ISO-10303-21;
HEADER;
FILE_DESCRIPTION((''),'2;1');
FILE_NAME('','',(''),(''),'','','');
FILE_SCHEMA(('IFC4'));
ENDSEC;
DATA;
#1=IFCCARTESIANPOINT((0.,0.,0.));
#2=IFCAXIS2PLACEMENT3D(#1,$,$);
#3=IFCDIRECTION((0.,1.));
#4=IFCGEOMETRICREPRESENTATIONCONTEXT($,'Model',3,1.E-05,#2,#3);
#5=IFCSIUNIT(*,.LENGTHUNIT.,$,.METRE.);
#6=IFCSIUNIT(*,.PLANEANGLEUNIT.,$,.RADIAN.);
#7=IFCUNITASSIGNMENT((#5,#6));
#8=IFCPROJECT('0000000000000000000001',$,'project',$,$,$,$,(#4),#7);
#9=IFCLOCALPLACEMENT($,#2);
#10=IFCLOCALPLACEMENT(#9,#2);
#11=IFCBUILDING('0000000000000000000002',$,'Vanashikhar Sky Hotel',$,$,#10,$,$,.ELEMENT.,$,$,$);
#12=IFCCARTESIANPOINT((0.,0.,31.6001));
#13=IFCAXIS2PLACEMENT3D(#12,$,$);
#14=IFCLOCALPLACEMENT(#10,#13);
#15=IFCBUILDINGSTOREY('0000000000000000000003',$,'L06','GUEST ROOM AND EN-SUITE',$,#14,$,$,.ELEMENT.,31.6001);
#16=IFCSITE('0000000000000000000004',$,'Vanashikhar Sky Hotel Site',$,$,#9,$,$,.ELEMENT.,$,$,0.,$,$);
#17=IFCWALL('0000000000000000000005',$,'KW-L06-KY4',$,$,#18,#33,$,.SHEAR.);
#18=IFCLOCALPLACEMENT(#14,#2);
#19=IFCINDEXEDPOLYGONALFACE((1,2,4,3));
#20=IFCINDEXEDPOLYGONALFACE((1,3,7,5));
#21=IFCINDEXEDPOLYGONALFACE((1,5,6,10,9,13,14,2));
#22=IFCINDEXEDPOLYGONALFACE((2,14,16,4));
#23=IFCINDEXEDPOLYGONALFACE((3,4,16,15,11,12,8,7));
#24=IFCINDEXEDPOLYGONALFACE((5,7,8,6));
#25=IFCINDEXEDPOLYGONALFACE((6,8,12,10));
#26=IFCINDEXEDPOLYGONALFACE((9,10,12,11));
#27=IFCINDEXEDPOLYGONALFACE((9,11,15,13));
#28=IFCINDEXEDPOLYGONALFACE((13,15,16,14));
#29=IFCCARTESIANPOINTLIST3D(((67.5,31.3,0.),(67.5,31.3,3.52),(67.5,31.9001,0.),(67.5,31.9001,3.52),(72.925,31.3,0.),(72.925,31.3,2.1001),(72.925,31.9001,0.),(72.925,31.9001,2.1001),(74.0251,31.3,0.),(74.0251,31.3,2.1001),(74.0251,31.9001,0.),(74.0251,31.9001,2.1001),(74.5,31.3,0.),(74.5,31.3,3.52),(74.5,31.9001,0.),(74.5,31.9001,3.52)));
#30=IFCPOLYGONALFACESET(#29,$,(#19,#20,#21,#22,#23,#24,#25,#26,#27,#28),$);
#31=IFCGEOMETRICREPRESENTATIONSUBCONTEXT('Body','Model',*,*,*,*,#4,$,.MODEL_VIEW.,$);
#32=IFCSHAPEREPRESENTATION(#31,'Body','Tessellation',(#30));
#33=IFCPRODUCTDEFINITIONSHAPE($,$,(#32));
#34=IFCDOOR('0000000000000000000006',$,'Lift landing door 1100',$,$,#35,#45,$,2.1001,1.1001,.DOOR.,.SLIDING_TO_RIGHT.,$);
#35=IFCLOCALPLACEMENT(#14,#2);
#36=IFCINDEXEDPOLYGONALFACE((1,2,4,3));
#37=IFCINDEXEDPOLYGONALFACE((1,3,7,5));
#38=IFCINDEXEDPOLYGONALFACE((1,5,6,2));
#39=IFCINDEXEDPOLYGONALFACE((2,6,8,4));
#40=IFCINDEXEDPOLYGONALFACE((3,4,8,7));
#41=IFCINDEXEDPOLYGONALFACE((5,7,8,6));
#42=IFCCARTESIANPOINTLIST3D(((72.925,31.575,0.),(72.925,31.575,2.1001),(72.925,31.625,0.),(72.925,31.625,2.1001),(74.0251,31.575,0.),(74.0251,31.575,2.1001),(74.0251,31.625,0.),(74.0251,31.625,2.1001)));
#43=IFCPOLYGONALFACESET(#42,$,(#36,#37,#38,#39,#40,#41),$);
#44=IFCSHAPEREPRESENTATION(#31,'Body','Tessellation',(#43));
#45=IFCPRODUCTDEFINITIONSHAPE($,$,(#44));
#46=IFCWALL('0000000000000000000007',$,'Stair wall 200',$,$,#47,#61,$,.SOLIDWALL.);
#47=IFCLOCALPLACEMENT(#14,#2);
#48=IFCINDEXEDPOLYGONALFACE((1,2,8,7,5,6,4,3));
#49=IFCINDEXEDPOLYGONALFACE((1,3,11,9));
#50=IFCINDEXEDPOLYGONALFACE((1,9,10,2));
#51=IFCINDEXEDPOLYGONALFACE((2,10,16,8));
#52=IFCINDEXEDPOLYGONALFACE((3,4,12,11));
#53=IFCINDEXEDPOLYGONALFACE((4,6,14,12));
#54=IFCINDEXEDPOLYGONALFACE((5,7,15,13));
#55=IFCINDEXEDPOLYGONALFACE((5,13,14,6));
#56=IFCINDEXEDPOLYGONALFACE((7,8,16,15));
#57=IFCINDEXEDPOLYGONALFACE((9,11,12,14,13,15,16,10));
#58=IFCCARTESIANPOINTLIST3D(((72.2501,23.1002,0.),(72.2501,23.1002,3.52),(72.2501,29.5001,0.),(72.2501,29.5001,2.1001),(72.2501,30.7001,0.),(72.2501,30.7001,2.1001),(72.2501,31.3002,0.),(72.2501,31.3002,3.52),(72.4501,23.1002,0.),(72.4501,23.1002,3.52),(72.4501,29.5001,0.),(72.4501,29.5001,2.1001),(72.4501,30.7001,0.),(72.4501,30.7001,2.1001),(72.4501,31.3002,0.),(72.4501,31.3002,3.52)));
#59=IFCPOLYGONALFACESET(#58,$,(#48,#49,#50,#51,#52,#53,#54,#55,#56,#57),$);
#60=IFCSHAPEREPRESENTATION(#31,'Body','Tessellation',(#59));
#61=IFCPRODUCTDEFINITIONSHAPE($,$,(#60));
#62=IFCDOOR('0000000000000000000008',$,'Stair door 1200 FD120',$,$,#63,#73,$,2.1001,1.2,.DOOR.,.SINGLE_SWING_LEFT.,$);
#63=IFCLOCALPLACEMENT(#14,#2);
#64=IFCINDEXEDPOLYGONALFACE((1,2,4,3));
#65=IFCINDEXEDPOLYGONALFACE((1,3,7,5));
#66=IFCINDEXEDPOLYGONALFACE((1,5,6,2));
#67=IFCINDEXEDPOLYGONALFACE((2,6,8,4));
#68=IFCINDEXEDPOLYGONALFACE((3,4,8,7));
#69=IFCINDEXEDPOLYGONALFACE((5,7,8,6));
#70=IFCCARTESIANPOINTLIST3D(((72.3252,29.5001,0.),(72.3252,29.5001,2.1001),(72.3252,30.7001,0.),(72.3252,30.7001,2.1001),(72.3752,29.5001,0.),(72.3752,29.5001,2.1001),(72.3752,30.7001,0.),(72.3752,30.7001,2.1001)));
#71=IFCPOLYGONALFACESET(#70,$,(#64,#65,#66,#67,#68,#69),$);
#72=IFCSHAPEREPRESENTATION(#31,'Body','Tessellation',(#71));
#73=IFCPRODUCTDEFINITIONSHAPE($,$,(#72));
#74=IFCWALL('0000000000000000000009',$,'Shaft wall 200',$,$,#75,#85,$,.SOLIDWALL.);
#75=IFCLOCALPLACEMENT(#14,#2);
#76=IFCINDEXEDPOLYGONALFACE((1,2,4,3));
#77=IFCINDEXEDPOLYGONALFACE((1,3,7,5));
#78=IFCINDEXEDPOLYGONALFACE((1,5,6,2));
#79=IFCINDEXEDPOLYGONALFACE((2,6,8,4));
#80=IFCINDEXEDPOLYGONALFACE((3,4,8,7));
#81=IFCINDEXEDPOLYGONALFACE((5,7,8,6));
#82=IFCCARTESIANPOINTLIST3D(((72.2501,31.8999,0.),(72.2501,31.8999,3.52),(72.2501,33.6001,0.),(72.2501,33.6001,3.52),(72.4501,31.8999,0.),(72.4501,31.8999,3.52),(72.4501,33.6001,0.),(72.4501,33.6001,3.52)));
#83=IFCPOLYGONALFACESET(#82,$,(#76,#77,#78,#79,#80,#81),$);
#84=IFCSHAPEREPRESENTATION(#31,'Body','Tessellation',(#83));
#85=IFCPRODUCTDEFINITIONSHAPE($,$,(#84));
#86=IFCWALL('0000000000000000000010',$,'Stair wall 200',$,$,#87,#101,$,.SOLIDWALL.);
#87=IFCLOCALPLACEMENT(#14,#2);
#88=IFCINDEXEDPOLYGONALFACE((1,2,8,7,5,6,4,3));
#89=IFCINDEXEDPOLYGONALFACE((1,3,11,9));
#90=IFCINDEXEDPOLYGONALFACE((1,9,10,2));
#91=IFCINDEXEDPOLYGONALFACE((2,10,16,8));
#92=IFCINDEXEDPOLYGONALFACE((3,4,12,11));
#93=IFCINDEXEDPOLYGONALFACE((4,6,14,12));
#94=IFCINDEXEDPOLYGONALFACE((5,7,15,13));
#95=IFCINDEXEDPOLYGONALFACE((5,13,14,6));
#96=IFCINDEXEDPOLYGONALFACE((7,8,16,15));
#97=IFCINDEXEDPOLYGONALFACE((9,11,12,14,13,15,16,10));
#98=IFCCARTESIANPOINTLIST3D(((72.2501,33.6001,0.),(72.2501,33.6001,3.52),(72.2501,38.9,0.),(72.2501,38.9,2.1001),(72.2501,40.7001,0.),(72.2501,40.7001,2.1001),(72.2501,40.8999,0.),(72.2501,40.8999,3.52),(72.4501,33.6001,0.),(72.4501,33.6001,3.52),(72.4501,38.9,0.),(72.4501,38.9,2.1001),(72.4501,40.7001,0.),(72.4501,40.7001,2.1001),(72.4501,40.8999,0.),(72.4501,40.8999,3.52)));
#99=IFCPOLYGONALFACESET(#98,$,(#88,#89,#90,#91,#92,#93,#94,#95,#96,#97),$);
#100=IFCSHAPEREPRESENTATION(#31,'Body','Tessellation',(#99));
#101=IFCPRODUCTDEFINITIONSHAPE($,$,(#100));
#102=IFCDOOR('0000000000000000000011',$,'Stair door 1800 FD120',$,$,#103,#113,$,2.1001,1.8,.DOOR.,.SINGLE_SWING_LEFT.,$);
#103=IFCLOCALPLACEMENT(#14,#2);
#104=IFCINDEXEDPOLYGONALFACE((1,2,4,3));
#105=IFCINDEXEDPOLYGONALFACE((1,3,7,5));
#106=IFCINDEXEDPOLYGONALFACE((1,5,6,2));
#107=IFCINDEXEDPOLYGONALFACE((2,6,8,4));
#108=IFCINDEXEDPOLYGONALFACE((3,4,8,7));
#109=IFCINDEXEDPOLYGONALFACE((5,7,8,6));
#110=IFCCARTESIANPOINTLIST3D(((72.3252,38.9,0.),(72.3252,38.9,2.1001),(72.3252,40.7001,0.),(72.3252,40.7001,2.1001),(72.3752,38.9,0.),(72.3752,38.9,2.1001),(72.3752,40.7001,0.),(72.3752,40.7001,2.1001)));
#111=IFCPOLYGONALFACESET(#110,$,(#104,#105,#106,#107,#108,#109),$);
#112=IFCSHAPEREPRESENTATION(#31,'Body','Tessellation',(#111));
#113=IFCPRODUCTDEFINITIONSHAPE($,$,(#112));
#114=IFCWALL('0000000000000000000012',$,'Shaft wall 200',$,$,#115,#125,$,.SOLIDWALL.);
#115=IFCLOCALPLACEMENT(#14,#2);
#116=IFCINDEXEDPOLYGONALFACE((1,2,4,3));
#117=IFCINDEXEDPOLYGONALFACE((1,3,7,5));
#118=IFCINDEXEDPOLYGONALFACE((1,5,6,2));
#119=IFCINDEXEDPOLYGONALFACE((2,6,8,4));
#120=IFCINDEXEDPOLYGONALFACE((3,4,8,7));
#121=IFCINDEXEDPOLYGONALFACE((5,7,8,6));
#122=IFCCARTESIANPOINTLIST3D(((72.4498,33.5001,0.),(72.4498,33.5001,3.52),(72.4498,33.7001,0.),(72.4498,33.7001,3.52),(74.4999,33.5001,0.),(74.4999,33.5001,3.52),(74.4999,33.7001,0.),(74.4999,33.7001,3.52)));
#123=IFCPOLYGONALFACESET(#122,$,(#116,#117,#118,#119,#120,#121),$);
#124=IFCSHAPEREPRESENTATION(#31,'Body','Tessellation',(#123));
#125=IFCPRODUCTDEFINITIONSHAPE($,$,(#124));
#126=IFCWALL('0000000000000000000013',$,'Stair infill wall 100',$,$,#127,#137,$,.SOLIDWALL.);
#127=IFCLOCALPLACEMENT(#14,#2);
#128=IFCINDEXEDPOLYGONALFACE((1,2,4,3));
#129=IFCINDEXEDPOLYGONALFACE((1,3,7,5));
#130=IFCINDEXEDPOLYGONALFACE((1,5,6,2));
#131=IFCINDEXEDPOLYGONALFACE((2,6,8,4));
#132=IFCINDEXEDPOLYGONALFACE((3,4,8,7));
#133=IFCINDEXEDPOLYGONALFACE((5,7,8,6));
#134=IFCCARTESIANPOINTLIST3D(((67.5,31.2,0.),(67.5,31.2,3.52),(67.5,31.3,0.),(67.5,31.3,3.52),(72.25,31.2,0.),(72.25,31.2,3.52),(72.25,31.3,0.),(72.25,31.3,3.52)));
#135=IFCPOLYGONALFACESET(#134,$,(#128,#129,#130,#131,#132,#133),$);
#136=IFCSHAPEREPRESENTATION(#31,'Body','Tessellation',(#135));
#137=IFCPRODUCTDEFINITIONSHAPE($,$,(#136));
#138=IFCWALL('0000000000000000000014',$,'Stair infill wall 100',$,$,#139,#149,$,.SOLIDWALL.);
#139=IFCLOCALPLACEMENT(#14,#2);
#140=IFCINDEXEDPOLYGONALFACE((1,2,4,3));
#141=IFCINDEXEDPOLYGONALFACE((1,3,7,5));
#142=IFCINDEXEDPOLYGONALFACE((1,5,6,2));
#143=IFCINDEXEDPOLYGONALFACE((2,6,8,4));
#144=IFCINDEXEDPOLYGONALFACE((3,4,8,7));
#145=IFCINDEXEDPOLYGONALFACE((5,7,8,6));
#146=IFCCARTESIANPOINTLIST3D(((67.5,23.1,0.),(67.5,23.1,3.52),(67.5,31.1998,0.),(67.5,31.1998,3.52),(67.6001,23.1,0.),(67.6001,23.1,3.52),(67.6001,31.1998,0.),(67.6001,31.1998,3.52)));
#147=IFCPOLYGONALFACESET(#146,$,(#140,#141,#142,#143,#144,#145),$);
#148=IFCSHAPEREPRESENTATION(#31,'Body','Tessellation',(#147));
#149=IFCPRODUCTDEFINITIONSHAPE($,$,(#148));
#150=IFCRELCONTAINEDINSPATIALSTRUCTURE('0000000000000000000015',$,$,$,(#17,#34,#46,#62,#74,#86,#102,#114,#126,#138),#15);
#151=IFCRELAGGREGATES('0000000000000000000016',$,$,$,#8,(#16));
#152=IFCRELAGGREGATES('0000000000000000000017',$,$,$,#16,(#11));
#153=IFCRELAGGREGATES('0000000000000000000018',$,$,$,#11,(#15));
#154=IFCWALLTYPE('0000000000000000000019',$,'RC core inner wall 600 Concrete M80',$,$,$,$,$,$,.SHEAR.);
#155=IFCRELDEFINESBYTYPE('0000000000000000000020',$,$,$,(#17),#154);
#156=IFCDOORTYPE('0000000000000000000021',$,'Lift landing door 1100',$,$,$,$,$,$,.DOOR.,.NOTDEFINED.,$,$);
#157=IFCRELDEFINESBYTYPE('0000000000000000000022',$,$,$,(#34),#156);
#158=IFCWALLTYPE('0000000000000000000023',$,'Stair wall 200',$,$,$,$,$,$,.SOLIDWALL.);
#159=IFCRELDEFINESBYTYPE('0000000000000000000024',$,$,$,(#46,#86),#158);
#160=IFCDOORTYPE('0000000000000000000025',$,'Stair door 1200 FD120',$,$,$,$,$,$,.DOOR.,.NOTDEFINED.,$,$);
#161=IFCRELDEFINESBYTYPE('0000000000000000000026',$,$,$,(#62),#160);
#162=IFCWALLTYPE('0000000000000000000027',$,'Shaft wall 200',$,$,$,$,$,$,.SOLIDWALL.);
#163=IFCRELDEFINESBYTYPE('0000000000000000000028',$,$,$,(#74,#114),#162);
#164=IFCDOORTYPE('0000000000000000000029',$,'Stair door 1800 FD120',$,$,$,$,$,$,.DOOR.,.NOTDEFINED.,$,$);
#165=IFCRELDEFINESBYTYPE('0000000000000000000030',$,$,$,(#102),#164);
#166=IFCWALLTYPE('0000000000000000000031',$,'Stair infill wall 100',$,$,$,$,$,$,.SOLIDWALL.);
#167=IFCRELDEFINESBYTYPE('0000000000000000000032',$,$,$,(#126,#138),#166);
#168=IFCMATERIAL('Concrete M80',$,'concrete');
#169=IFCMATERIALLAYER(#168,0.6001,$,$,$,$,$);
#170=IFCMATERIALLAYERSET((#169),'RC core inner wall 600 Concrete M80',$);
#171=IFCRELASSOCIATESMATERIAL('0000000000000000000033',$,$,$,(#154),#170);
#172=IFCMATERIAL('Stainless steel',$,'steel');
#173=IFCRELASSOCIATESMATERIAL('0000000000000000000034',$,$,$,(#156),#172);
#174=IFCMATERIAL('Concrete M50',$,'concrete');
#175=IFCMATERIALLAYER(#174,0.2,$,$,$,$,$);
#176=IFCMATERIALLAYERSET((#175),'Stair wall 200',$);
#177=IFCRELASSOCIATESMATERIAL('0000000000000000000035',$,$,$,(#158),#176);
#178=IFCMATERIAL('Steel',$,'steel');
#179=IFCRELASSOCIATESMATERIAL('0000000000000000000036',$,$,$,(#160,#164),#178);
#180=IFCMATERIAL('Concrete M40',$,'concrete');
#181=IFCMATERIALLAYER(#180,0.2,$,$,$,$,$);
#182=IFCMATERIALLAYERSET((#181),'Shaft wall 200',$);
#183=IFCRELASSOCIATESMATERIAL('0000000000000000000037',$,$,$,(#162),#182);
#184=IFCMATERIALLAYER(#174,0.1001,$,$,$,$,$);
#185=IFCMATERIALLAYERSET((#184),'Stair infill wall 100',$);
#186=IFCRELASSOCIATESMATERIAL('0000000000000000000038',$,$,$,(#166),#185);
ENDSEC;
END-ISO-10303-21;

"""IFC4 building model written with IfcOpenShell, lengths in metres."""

from ifc_helpers import new_model, si_unit, direction, frame, frame_2d, origin, place, context, subcontext, project, spatial, rectangle, extrude, source, transform, mapped, material, layer, layer_set, type_object, element, fill, save


model = new_model("IFC4")

# Units and contexts
model_context = context("Model", 3, precision=1e-05, world=origin(), true_north=direction((0.0, 1.0)))
body_context = subcontext(model_context, "Body", "Model", "MODEL_VIEW")
ifc_project = project(units=[si_unit("LENGTHUNIT", "METRE"), si_unit("PLANEANGLEUNIT", "RADIAN")], contexts=[model_context])

# Site, building, storey
site_placement = place(None, origin())
site = spatial("IfcSite", under=ifc_project, at=site_placement, Name="Vanashikhar Sky Hotel Site", CompositionType="ELEMENT", RefElevation=0.0)
building_placement = place(site_placement, origin())
building = spatial("IfcBuilding", under=site, at=building_placement, Name="Vanashikhar Sky Hotel", CompositionType="ELEMENT")
storey_placement = place(building_placement, frame((0.0, 0.0, 31.6001)))
storey = spatial("IfcBuildingStorey", under=building, at=storey_placement, Name="L06", Description="GUEST ROOM AND EN-SUITE", CompositionType="ELEMENT", Elevation=31.6001)

# Walls, openings, doors
ifc_material_1 = material(Name="Concrete M80", Category="concrete")
ifc_layer_1 = layer(ifc_material_1, 0.6001)
ifc_layer_set_1 = layer_set([ifc_layer_1], Name="RC core inner wall 600 Concrete M80")
wall_type_1 = type_object("IfcWallType", Name="RC core inner wall 600 Concrete M80", PredefinedType="SHEAR", material=ifc_layer_set_1)
shared_shape_1 = source(origin(), body_context, "Body", "SweptSolid", [
    extrude(rectangle(XDim=7.0, YDim=0.6001, at=frame_2d((3.5, 0.0))), origin(), (0.0, 0.0, 1.0), 3.52),
])
wall_1_placement = place(storey_placement, frame((67.5, 31.6001, 0.0), z_axis=(0.0, 0.0, 1.0), x_axis=(1.0, 0.0, 0.0)))
wall_1 = element("IfcWall", 1, at=wall_1_placement, inside=storey, type_object=wall_type_1, Name="KW-L06-KY4", PredefinedType="SHEAR", context=body_context, shape_type="MappedRepresentation", body=[
    mapped(shared_shape_1, transform((0.0, 0.0, 0.0), scale=1.0)),
])
shared_shape_2 = source(origin(), body_context, "Body", "SweptSolid", [
    extrude(rectangle(XDim=1.1001, YDim=2.1001, at=frame_2d((0.55, 1.05))), frame((0.0, 0.3101, 0.0), z_axis=(0.0, -1.0, 0.0), x_axis=(1.0, 0.0, 0.0)), (0.0, 0.0, 1.0), 0.6201),
])
opening_1_placement = place(wall_1_placement, frame((5.425, 0.0, 0.0)))
opening_1 = element("IfcOpeningElement", 2, at=opening_1_placement, cuts=wall_1, PredefinedType="OPENING", context=body_context, shape_type="MappedRepresentation", body=[
    mapped(shared_shape_2, transform((0.0, 0.0, 0.0), scale=1.0)),
])
ifc_material_2 = material(Name="Stainless steel", Category="steel")
door_type_1 = type_object("IfcDoorType", Name="Lift landing door 1100", OperationType="NOTDEFINED", PredefinedType="DOOR", material=ifc_material_2)
shared_shape_3 = source(origin(), body_context, "Body", "SweptSolid", [
    extrude(rectangle(XDim=1.1001, YDim=2.1001, at=frame_2d((0.55, 1.05))), frame((0.0, 0.0249, 0.0), z_axis=(0.0, -1.0, 0.0), x_axis=(1.0, 0.0, 0.0)), (0.0, 0.0, 1.0), 0.05),
])
door_1_placement = place(opening_1_placement, origin())
door_1 = element("IfcDoor", 3, at=door_1_placement, inside=storey, type_object=door_type_1, Name="Lift landing door 1100", OperationType="SLIDING_TO_RIGHT", OverallHeight=2.1001, OverallWidth=1.1001, PredefinedType="DOOR", context=body_context, shape_type="MappedRepresentation", body=[
    mapped(shared_shape_3, transform((0.0, 0.0, 0.0), scale=1.0)),
])
fill(opening_1, door_1)
ifc_material_3 = material(Name="Concrete M50", Category="concrete")
ifc_layer_2 = layer(ifc_material_3, 0.2)
ifc_layer_set_2 = layer_set([ifc_layer_2], Name="Stair wall 200")
wall_type_2 = type_object("IfcWallType", Name="Stair wall 200", PredefinedType="SOLIDWALL", material=ifc_layer_set_2)
shared_shape_4 = source(origin(), body_context, "Body", "SweptSolid", [
    extrude(rectangle(XDim=8.2, YDim=0.2, at=frame_2d((4.1001, 0.0))), origin(), (0.0, 0.0, 1.0), 3.52),
])
wall_2_placement = place(storey_placement, frame((72.3501, 23.1001, 0.0), z_axis=(0.0, 0.0, 1.0), x_axis=(0.0, 1.0, 0.0)))
wall_2 = element("IfcWall", 4, at=wall_2_placement, inside=storey, type_object=wall_type_2, Name="Stair wall 200", PredefinedType="SOLIDWALL", context=body_context, shape_type="MappedRepresentation", body=[
    mapped(shared_shape_4, transform((0.0, 0.0, 0.0), scale=1.0)),
])
shared_shape_5 = source(origin(), body_context, "Body", "SweptSolid", [
    extrude(rectangle(XDim=1.2, YDim=2.1001, at=frame_2d((0.6001, 1.05))), frame((0.0, 0.1099, 0.0), z_axis=(0.0, -1.0, 0.0), x_axis=(1.0, 0.0, 0.0)), (0.0, 0.0, 1.0), 0.22),
])
opening_2_placement = place(wall_2_placement, frame((6.3999, 0.0, 0.0)))
opening_2 = element("IfcOpeningElement", 5, at=opening_2_placement, cuts=wall_2, PredefinedType="OPENING", context=body_context, shape_type="MappedRepresentation", body=[
    mapped(shared_shape_5, transform((0.0, 0.0, 0.0), scale=1.0)),
])
ifc_material_4 = material(Name="Steel", Category="steel")
door_type_2 = type_object("IfcDoorType", Name="Stair door 1200 FD120", OperationType="NOTDEFINED", PredefinedType="DOOR", material=ifc_material_4)
shared_shape_6 = source(origin(), body_context, "Body", "SweptSolid", [
    extrude(rectangle(XDim=1.2, YDim=2.1001, at=frame_2d((0.6001, 1.05))), frame((0.0, 0.0249, 0.0), z_axis=(0.0, -1.0, 0.0), x_axis=(1.0, 0.0, 0.0)), (0.0, 0.0, 1.0), 0.05),
])
door_2_placement = place(opening_2_placement, origin())
door_2 = element("IfcDoor", 6, at=door_2_placement, inside=storey, type_object=door_type_2, Name="Stair door 1200 FD120", OperationType="SINGLE_SWING_LEFT", OverallHeight=2.1001, OverallWidth=1.2, PredefinedType="DOOR", context=body_context, shape_type="MappedRepresentation", body=[
    mapped(shared_shape_6, transform((0.0, 0.0, 0.0), scale=1.0)),
])
fill(opening_2, door_2)

# Wall
ifc_material_5 = material(Name="Concrete M40", Category="concrete")
ifc_layer_3 = layer(ifc_material_5, 0.2)
ifc_layer_set_3 = layer_set([ifc_layer_3], Name="Shaft wall 200")
wall_type_3 = type_object("IfcWallType", Name="Shaft wall 200", PredefinedType="SOLIDWALL", material=ifc_layer_set_3)
shared_shape_7 = source(origin(), body_context, "Body", "SweptSolid", [
    extrude(rectangle(XDim=1.7002, YDim=0.2, at=frame_2d((0.8501, 0.0))), origin(), (0.0, 0.0, 1.0), 3.52),
])
wall_3_placement = place(storey_placement, frame((72.3501, 31.8999, 0.0), z_axis=(0.0, 0.0, 1.0), x_axis=(0.0, 1.0, 0.0)))
element("IfcWall", 7, at=wall_3_placement, inside=storey, type_object=wall_type_3, Name="Shaft wall 200", PredefinedType="SOLIDWALL", context=body_context, shape_type="MappedRepresentation", body=[
    mapped(shared_shape_7, transform((0.0, 0.0, 0.0), scale=1.0)),
])

# Wall, opening, door
shared_shape_8 = source(origin(), body_context, "Body", "SweptSolid", [
    extrude(rectangle(XDim=7.2998, YDim=0.2, at=frame_2d((3.6499, 0.0))), origin(), (0.0, 0.0, 1.0), 3.52),
])
wall_4_placement = place(storey_placement, frame((72.3501, 33.6001, 0.0), z_axis=(0.0, 0.0, 1.0), x_axis=(0.0, 1.0, 0.0)))
wall_4 = element("IfcWall", 8, at=wall_4_placement, inside=storey, type_object=wall_type_2, Name="Stair wall 200", PredefinedType="SOLIDWALL", context=body_context, shape_type="MappedRepresentation", body=[
    mapped(shared_shape_8, transform((0.0, 0.0, 0.0), scale=1.0)),
])
shared_shape_9 = source(origin(), body_context, "Body", "SweptSolid", [
    extrude(rectangle(XDim=1.8, YDim=2.1001, at=frame_2d((0.8999, 1.05))), frame((0.0, 0.1099, 0.0), z_axis=(0.0, -1.0, 0.0), x_axis=(1.0, 0.0, 0.0)), (0.0, 0.0, 1.0), 0.22),
])
opening_3_placement = place(wall_4_placement, frame((5.3, 0.0, 0.0)))
opening_3 = element("IfcOpeningElement", 9, at=opening_3_placement, cuts=wall_4, PredefinedType="OPENING", context=body_context, shape_type="MappedRepresentation", body=[
    mapped(shared_shape_9, transform((0.0, 0.0, 0.0), scale=1.0)),
])
door_type_3 = type_object("IfcDoorType", Name="Stair door 1800 FD120", OperationType="NOTDEFINED", PredefinedType="DOOR", material=ifc_material_4)
shared_shape_10 = source(origin(), body_context, "Body", "SweptSolid", [
    extrude(rectangle(XDim=1.8, YDim=2.1001, at=frame_2d((0.8999, 1.05))), frame((0.0, 0.0249, 0.0), z_axis=(0.0, -1.0, 0.0), x_axis=(1.0, 0.0, 0.0)), (0.0, 0.0, 1.0), 0.05),
])
door_3_placement = place(opening_3_placement, origin())
door_3 = element("IfcDoor", 10, at=door_3_placement, inside=storey, type_object=door_type_3, Name="Stair door 1800 FD120", OperationType="SINGLE_SWING_LEFT", OverallHeight=2.1001, OverallWidth=1.8, PredefinedType="DOOR", context=body_context, shape_type="MappedRepresentation", body=[
    mapped(shared_shape_10, transform((0.0, 0.0, 0.0), scale=1.0)),
])
fill(opening_3, door_3)

# Walls
shared_shape_11 = source(origin(), body_context, "Body", "SweptSolid", [
    extrude(rectangle(XDim=2.05, YDim=0.2, at=frame_2d((1.0249, 0.0))), origin(), (0.0, 0.0, 1.0), 3.52),
])
wall_5_placement = place(storey_placement, frame((72.45, 33.6001, 0.0), z_axis=(0.0, 0.0, 1.0), x_axis=(1.0, 0.0, 0.0)))
element("IfcWall", 11, at=wall_5_placement, inside=storey, type_object=wall_type_3, Name="Shaft wall 200", PredefinedType="SOLIDWALL", context=body_context, shape_type="MappedRepresentation", body=[
    mapped(shared_shape_11, transform((0.0, 0.0, 0.0), scale=1.0)),
])
ifc_layer_4 = layer(ifc_material_3, 0.1001)
ifc_layer_set_4 = layer_set([ifc_layer_4], Name="Stair infill wall 100")
wall_type_4 = type_object("IfcWallType", Name="Stair infill wall 100", PredefinedType="SOLIDWALL", material=ifc_layer_set_4)
shared_shape_12 = source(origin(), body_context, "Body", "SweptSolid", [
    extrude(rectangle(XDim=4.75, YDim=0.1001, at=frame_2d((2.375, 0.0))), origin(), (0.0, 0.0, 1.0), 3.52),
])
wall_6_placement = place(storey_placement, frame((67.5, 31.25, 0.0), z_axis=(0.0, 0.0, 1.0), x_axis=(1.0, 0.0, 0.0)))
element("IfcWall", 12, at=wall_6_placement, inside=storey, type_object=wall_type_4, Name="Stair infill wall 100", PredefinedType="SOLIDWALL", context=body_context, shape_type="MappedRepresentation", body=[
    mapped(shared_shape_12, transform((0.0, 0.0, 0.0), scale=1.0)),
])
shared_shape_13 = source(origin(), body_context, "Body", "SweptSolid", [
    extrude(rectangle(XDim=8.0999, YDim=0.1001, at=frame_2d((4.0498, 0.0))), origin(), (0.0, 0.0, 1.0), 3.52),
])
for number, where, z_axis, x_axis, name in (
    (13, (67.55, 23.1001, 0.0), (0.0, 0.0, 1.0), (0.0, 1.0, 0.0), "Stair infill wall 100"),
):
    element("IfcWall", number, at=place(storey_placement, frame(where, z_axis=z_axis, x_axis=x_axis)), inside=storey, type_object=wall_type_4, Name=name, PredefinedType="SOLIDWALL", context=body_context, shape_type="MappedRepresentation", body=[
        mapped(shared_shape_13, transform((0.0, 0.0, 0.0), scale=1.0)),
    ])

save(model, "model.ifc")
